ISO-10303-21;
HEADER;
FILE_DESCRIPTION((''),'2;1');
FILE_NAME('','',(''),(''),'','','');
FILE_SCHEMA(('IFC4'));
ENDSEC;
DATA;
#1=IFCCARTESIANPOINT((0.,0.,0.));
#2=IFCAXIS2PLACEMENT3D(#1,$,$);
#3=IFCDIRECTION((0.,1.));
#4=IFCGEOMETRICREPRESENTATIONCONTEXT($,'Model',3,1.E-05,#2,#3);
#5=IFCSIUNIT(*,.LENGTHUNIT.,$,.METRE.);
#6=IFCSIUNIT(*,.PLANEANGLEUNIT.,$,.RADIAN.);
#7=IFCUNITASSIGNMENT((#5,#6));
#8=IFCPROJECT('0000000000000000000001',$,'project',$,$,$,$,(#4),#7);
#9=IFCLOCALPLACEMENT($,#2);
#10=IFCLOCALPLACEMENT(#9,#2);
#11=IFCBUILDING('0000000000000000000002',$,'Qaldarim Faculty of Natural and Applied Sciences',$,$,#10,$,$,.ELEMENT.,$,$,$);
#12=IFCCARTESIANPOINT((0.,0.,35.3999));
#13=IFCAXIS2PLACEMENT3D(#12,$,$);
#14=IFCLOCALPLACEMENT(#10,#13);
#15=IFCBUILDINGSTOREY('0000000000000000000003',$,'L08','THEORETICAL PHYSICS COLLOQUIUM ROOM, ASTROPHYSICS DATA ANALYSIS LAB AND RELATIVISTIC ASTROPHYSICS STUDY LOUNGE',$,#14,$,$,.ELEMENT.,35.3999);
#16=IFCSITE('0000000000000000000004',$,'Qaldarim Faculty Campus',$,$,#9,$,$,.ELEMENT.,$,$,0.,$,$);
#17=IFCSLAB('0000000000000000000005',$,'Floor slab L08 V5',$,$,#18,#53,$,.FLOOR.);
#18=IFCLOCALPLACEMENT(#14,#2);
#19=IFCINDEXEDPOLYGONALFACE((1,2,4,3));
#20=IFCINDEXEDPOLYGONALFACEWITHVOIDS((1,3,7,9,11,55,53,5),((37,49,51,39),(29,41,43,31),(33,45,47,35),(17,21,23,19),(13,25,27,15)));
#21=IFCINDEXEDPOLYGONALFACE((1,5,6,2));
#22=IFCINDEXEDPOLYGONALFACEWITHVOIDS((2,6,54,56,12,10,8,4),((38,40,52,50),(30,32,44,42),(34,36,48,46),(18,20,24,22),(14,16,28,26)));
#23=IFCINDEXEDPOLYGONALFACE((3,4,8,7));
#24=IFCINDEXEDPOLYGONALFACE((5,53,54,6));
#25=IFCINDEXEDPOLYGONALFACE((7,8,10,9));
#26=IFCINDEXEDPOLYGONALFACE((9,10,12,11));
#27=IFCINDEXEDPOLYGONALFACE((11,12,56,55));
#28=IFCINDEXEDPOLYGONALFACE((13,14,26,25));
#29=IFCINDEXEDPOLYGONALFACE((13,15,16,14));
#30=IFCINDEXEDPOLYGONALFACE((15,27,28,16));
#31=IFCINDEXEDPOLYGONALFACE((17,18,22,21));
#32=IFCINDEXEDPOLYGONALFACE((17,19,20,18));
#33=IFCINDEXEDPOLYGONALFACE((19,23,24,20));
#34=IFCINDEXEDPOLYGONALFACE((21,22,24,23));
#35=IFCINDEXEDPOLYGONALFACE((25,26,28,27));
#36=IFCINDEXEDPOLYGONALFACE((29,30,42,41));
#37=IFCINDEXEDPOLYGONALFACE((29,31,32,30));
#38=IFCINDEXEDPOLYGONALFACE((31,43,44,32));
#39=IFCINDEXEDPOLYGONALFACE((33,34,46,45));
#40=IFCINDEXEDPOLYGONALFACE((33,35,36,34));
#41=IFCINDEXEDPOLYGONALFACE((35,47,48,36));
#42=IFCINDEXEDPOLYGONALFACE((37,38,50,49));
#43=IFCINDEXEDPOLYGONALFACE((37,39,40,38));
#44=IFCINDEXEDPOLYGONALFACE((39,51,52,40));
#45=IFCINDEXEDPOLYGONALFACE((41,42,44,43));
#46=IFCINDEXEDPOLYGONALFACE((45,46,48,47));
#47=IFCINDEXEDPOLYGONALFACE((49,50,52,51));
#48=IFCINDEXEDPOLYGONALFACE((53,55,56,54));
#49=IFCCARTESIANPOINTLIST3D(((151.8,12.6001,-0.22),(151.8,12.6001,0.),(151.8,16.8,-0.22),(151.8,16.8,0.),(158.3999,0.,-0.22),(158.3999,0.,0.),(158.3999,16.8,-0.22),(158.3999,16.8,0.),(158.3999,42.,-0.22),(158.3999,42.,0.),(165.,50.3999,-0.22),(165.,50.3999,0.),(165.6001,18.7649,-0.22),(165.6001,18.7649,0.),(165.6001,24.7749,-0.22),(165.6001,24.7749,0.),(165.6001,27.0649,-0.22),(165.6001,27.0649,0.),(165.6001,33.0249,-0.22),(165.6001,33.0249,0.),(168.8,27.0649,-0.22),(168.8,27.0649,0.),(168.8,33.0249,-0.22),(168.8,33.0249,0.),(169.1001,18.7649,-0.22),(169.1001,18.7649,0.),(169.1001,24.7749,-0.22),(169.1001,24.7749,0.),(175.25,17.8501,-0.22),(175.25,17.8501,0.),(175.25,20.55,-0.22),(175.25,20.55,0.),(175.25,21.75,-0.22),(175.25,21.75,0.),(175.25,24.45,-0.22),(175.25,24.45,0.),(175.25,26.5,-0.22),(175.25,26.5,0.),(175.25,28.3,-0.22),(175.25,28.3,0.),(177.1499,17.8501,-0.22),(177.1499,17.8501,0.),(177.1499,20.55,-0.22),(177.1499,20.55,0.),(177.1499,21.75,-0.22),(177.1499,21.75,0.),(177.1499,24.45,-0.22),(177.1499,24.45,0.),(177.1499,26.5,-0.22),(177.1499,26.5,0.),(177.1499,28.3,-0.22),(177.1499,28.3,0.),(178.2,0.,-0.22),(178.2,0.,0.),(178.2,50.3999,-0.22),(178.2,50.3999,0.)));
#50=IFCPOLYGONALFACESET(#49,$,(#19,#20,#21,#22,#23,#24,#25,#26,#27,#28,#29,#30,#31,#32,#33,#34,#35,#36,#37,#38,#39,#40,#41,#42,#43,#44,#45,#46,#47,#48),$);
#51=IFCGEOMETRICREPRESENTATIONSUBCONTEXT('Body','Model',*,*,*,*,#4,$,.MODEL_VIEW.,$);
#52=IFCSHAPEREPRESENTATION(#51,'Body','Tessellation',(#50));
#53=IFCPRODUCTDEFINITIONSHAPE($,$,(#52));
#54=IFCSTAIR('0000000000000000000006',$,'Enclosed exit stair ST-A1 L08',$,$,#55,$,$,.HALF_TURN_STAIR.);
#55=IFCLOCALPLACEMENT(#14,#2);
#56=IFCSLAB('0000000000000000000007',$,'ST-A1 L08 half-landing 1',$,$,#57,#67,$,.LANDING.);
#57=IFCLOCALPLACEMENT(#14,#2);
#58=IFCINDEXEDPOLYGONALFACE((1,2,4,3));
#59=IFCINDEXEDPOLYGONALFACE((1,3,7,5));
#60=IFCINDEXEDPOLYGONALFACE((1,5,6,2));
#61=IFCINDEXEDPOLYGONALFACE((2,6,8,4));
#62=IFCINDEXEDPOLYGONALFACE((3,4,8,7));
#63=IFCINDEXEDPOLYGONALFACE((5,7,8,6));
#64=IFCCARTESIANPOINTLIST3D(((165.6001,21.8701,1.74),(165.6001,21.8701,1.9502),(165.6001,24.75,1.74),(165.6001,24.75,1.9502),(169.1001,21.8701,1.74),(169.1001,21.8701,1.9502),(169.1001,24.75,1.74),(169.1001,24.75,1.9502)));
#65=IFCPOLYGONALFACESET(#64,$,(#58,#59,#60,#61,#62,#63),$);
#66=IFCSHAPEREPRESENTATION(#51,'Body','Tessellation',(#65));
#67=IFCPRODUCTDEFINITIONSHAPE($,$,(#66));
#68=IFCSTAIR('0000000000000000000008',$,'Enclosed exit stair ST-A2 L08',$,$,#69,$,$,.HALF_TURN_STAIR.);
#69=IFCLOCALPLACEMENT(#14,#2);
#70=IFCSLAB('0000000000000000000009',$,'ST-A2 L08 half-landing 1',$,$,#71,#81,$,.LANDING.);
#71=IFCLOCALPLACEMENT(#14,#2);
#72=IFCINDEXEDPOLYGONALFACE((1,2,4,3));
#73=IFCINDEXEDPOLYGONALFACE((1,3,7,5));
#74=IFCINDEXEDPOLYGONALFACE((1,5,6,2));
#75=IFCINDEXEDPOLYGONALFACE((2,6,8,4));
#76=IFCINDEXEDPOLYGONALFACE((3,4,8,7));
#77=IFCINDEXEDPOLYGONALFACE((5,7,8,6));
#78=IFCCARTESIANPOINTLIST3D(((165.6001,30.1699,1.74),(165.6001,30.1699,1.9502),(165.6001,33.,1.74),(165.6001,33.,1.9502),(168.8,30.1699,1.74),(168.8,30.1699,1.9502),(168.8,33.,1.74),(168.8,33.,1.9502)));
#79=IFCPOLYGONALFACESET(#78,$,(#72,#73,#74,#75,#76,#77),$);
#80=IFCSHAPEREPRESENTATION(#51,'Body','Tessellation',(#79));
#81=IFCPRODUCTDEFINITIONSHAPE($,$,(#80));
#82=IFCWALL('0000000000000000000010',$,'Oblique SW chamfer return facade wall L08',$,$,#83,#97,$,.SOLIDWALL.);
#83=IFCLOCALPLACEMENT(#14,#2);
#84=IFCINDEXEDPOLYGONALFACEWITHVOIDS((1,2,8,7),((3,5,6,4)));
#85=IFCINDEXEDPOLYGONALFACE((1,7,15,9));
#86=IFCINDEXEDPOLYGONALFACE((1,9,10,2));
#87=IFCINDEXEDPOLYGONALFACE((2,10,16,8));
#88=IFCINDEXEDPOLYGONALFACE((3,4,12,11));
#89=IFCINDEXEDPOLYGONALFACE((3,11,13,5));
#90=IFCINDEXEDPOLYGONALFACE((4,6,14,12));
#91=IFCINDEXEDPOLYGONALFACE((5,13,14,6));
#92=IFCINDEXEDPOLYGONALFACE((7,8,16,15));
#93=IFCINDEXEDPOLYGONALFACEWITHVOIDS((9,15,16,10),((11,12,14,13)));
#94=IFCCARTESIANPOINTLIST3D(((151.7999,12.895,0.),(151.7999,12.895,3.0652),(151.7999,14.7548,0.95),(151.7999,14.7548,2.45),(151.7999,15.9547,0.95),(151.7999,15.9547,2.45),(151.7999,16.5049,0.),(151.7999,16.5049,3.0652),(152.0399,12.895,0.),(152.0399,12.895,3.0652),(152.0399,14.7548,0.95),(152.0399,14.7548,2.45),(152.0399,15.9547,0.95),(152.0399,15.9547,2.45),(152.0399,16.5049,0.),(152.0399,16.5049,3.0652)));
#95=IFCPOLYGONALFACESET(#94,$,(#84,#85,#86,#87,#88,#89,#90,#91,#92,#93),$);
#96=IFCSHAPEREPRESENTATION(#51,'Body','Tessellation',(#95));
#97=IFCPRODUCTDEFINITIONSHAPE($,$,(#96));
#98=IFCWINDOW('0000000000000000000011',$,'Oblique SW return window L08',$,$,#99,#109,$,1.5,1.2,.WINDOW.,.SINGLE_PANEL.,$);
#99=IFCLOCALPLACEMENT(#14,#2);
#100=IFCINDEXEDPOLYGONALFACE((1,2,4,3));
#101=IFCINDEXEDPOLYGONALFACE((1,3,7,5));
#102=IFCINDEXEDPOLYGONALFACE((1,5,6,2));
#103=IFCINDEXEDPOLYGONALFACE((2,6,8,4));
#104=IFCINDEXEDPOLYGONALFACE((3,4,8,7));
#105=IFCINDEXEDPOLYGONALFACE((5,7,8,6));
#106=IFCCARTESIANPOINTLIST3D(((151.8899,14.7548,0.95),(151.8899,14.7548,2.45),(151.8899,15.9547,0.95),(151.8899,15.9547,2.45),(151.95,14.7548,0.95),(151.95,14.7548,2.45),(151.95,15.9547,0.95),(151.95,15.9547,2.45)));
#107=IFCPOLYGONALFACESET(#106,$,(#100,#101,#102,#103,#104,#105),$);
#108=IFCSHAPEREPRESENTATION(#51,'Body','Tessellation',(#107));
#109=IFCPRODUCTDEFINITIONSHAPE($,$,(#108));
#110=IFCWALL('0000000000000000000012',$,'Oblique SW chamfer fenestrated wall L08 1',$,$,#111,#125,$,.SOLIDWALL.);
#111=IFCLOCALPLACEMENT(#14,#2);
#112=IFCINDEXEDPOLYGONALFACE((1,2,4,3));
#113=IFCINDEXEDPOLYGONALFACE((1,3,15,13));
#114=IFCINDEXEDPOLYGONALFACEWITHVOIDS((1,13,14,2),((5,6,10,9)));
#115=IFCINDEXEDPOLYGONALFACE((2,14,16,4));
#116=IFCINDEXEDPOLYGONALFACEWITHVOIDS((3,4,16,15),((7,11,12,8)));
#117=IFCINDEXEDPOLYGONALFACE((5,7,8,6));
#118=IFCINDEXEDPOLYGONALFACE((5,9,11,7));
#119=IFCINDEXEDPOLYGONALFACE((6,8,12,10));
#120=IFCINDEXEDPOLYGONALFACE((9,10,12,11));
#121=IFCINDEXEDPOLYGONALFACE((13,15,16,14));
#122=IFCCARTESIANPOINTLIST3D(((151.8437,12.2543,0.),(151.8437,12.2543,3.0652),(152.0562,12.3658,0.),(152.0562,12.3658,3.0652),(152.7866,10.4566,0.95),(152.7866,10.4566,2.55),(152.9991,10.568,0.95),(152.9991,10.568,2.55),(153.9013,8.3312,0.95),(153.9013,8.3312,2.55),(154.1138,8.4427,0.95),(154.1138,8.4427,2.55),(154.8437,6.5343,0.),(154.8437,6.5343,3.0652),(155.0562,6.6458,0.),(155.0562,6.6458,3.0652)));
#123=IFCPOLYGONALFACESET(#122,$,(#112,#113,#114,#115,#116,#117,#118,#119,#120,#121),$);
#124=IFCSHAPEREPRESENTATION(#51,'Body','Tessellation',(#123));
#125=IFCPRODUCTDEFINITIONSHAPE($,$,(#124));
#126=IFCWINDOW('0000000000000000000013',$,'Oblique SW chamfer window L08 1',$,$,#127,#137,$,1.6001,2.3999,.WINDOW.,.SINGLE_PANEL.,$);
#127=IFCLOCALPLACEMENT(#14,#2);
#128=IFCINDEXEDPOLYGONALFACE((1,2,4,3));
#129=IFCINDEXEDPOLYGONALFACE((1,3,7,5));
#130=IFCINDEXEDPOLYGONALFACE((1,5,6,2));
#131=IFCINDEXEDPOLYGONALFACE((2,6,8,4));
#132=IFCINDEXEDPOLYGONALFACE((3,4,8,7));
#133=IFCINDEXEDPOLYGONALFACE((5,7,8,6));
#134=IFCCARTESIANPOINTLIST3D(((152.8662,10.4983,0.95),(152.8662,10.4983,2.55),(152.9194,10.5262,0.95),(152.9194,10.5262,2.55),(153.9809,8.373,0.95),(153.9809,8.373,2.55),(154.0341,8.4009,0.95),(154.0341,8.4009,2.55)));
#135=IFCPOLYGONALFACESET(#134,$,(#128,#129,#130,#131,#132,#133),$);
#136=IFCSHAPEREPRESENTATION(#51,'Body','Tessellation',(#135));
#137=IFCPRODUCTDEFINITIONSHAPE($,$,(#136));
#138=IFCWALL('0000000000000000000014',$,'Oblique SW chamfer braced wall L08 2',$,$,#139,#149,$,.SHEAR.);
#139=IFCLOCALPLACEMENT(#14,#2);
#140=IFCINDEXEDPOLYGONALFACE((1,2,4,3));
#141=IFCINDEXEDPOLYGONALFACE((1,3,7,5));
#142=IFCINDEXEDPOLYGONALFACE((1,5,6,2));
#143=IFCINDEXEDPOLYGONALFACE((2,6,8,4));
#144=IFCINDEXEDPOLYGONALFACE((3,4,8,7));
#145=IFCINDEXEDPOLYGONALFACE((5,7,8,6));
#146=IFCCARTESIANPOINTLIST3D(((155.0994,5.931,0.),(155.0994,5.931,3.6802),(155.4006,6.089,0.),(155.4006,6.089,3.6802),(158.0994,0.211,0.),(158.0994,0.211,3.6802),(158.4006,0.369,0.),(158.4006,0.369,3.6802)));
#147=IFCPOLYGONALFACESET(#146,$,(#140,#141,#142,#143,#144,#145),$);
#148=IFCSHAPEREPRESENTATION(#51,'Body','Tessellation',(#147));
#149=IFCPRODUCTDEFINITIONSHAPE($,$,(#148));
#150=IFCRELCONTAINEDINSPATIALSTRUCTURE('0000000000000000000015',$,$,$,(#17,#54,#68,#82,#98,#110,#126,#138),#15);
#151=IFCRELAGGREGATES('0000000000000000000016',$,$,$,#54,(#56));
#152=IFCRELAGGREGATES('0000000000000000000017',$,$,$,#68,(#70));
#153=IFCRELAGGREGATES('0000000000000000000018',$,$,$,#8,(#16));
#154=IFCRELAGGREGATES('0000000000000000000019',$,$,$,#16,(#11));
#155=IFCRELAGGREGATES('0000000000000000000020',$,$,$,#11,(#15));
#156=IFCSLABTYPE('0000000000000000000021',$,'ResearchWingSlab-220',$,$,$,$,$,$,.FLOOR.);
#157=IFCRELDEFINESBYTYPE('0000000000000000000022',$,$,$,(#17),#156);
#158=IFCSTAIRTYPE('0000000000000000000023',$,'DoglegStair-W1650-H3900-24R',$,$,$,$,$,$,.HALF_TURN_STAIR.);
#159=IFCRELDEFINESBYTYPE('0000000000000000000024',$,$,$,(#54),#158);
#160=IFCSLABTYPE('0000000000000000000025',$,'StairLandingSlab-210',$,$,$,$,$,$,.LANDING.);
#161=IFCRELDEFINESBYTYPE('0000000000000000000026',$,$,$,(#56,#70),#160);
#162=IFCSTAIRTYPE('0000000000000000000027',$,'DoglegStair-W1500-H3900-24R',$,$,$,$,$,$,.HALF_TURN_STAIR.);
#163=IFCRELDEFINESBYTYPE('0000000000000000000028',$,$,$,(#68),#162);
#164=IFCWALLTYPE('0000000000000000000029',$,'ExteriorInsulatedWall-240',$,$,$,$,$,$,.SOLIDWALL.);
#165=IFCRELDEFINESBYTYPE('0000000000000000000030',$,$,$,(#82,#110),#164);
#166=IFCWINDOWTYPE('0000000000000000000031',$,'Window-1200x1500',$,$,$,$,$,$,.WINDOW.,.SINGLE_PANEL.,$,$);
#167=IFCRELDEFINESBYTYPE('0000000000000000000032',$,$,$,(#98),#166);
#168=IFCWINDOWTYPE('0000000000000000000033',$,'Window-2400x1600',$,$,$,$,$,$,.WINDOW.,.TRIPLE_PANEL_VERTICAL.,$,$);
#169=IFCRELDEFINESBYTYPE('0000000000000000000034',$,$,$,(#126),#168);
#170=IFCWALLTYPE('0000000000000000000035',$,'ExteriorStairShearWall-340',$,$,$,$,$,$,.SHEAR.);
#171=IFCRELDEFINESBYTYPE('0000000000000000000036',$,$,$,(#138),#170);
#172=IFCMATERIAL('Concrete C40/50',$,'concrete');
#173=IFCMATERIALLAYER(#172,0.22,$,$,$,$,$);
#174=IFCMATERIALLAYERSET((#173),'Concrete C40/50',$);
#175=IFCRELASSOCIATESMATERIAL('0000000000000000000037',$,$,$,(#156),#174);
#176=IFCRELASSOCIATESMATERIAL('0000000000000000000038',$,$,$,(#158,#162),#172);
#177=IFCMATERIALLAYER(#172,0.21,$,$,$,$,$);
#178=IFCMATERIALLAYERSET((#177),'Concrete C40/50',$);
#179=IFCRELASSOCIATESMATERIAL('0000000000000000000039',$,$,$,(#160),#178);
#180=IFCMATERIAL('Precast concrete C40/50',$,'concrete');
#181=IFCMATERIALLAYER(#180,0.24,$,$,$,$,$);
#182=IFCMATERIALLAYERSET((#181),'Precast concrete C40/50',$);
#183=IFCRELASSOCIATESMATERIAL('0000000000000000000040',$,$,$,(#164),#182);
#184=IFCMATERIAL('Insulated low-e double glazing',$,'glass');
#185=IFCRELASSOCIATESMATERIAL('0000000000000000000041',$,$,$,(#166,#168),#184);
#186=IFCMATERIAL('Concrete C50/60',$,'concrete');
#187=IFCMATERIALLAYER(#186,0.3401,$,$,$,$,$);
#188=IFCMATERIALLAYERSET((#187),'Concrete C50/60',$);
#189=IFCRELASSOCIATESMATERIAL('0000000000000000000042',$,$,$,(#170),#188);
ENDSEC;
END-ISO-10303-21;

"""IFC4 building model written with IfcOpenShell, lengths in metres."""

from ifc_helpers import new_model, si_unit, direction, frame, frame_2d, origin, place, context, subcontext, project, spatial, polyline, rectangle, outline, extrude, material, layer, layer_set, type_object, element, fill, aggregate, save


model = new_model("IFC4")

# Units and contexts
model_context = context("Model", 3, precision=1e-05, world=origin(), true_north=direction((0.0, 1.0)))
body_context = subcontext(model_context, "Body", "Model", "MODEL_VIEW")
ifc_project = project(units=[si_unit("LENGTHUNIT", "METRE"), si_unit("PLANEANGLEUNIT", "RADIAN")], contexts=[model_context])

# Site, building, storey
site_placement = place(None, origin())
site = spatial("IfcSite", under=ifc_project, at=site_placement, Name="Qaldarim Faculty Campus", CompositionType="ELEMENT", RefElevation=0.0)
building_placement = place(site_placement, origin())
building = spatial("IfcBuilding", under=site, at=building_placement, Name="Qaldarim Faculty of Natural and Applied Sciences", CompositionType="ELEMENT")
storey_placement = place(building_placement, frame((0.0, 0.0, 35.3999)))
storey = spatial("IfcBuildingStorey", under=building, at=storey_placement, Name="L08", Description="THEORETICAL PHYSICS COLLOQUIUM ROOM, ASTROPHYSICS DATA ANALYSIS LAB AND RELATIVISTIC ASTROPHYSICS STUDY LOUNGE", CompositionType="ELEMENT", Elevation=35.3999)

# Shared definitions
ifc_material_1 = material(Name="Concrete C50/60", Category="concrete")

# Shared definitions
ifc_material_2 = material(Name="Concrete C40/50", Category="concrete")
ifc_material_3 = material(Name="Precast concrete C40/50", Category="concrete")

# Slab
ifc_layer_1 = layer(ifc_material_2, 0.22)
ifc_layer_set_1 = layer_set([ifc_layer_1], Name="Concrete C40/50")
slab_type_1 = type_object("IfcSlabType", Name="ResearchWingSlab-220", PredefinedType="FLOOR", material=ifc_layer_set_1)
slab_1_placement = place(storey_placement, frame((0.0, 0.0, -0.22)))
element("IfcSlab", 1, at=slab_1_placement, inside=storey, type_object=slab_type_1, Name="Floor slab L08 V5", PredefinedType="FLOOR", context=body_context, shape_type="SweptSolid", body=[
    extrude(outline(polyline([(158.3999, 0.0), (178.2, 0.0), (178.2, 50.3999), (165.0, 50.3999), (158.3999, 42.0), (158.3999, 16.8), (151.8, 16.8), (151.8, 12.6001), (158.3999, 0.0)]), holes=[polyline([(169.1001, 18.7649), (169.1001, 24.7749), (165.6001, 24.7749), (165.6001, 18.7649), (169.1001, 18.7649)]), polyline([(168.8, 27.0649), (168.8, 33.0249), (165.6001, 33.0249), (165.6001, 27.0649), (168.8, 27.0649)]), polyline([(175.25, 17.8501), (177.1499, 17.8501), (177.1499, 20.55), (175.25, 20.55), (175.25, 17.8501)]), polyline([(175.25, 21.75), (177.1499, 21.75), (177.1499, 24.45), (175.25, 24.45), (175.25, 21.75)]), polyline([(175.25, 26.5), (177.1499, 26.5), (177.1499, 28.3), (175.25, 28.3), (175.25, 26.5)])]), origin(), (0.0, 0.0, 1.0), 0.22),
])

# Stairs, slabs
stair_type_1 = type_object("IfcStairType", Name="DoglegStair-W1650-H3900-24R", PredefinedType="HALF_TURN_STAIR", material=ifc_material_2)
stair_1_placement = place(storey_placement, origin())
stair_1 = element("IfcStair", 2, at=stair_1_placement, inside=storey, type_object=stair_type_1, Name="Enclosed exit stair ST-A1 L08", PredefinedType="HALF_TURN_STAIR")
ifc_layer_2 = layer(ifc_material_2, 0.21)
ifc_layer_set_2 = layer_set([ifc_layer_2], Name="Concrete C40/50")
slab_type_2 = type_object("IfcSlabType", Name="StairLandingSlab-210", PredefinedType="LANDING", material=ifc_layer_set_2)
slab_2_placement = place(storey_placement, frame((0.0, 0.0, 1.74)))
slab_2 = element("IfcSlab", 3, at=slab_2_placement, type_object=slab_type_2, Name="ST-A1 L08 half-landing 1", PredefinedType="LANDING", context=body_context, shape_type="SweptSolid", body=[
    extrude(outline(polyline([(169.1001, 21.8701), (169.1001, 24.75), (165.6001, 24.75), (165.6001, 21.8701), (169.1001, 21.8701)])), origin(), (0.0, 0.0, 1.0), 0.2102),
])
aggregate(stair_1, [slab_2])
stair_type_2 = type_object("IfcStairType", Name="DoglegStair-W1500-H3900-24R", PredefinedType="HALF_TURN_STAIR", material=ifc_material_2)
stair_2_placement = place(storey_placement, origin())
stair_2 = element("IfcStair", 4, at=stair_2_placement, inside=storey, type_object=stair_type_2, Name="Enclosed exit stair ST-A2 L08", PredefinedType="HALF_TURN_STAIR")
slab_3_placement = place(storey_placement, frame((0.0, 0.0, 1.74)))
slab_3 = element("IfcSlab", 5, at=slab_3_placement, type_object=slab_type_2, Name="ST-A2 L08 half-landing 1", PredefinedType="LANDING", context=body_context, shape_type="SweptSolid", body=[
    extrude(outline(polyline([(168.8, 30.1699), (168.8, 33.0), (165.6001, 33.0), (165.6001, 30.1699), (168.8, 30.1699)])), origin(), (0.0, 0.0, 1.0), 0.2102),
])
aggregate(stair_2, [slab_3])

# Walls, openings, windows
ifc_layer_3 = layer(ifc_material_3, 0.24)
ifc_layer_set_3 = layer_set([ifc_layer_3], Name="Precast concrete C40/50")
wall_type_1 = type_object("IfcWallType", Name="ExteriorInsulatedWall-240", PredefinedType="SOLIDWALL", material=ifc_layer_set_3)
wall_1_placement = place(storey_placement, frame((151.9199, 16.5049, 0.0), z_axis=(0.0, 0.0, 1.0), x_axis=(0.0, -1.0, 0.0)))
wall_1 = element("IfcWall", 6, at=wall_1_placement, inside=storey, type_object=wall_type_1, Name="Oblique SW chamfer return facade wall L08", PredefinedType="SOLIDWALL", context=body_context, shape_type="SweptSolid", body=[
    extrude(rectangle(XDim=3.6099, YDim=0.24, at=frame_2d((1.8049, 0.0))), origin(), (0.0, 0.0, 1.0), 3.0652),
])
opening_1_placement = place(wall_1_placement, frame((0.55, 0.0, 0.95)))
opening_1 = element("IfcOpeningElement", 7, at=opening_1_placement, cuts=wall_1, PredefinedType="OPENING", context=body_context, shape_type="SweptSolid", body=[
    extrude(rectangle(XDim=1.2, YDim=1.5, at=frame_2d((0.6001, 0.75))), frame((0.0, 0.1299, 0.0), z_axis=(0.0, -1.0, 0.0), x_axis=(1.0, 0.0, 0.0)), (0.0, 0.0, 1.0), 0.26),
])
ifc_material_4 = material(Name="Insulated low-e double glazing", Category="glass")
window_type_1 = type_object("IfcWindowType", Name="Window-1200x1500", PartitioningType="SINGLE_PANEL", PredefinedType="WINDOW", material=ifc_material_4)
window_1_placement = place(opening_1_placement, origin())
window_1 = element("IfcWindow", 8, at=window_1_placement, inside=storey, type_object=window_type_1, Name="Oblique SW return window L08", OverallHeight=1.5, OverallWidth=1.2, PartitioningType="SINGLE_PANEL", PredefinedType="WINDOW", context=body_context, shape_type="SweptSolid", body=[
    extrude(rectangle(XDim=1.2, YDim=1.5, at=frame_2d((0.6001, 0.75))), frame((0.0, 0.03, 0.0), z_axis=(0.0, -1.0, 0.0), x_axis=(1.0, 0.0, 0.0)), (0.0, 0.0, 1.0), 0.0601),
])
fill(opening_1, window_1)
wall_2_placement = place(storey_placement, frame((151.95, 12.3101, 0.0), z_axis=(0.0, 0.0, 1.0), x_axis=(0.464472, -0.885588, 0.0)))
wall_2 = element("IfcWall", 9, at=wall_2_placement, inside=storey, type_object=wall_type_1, Name="Oblique SW chamfer fenestrated wall L08 1", PredefinedType="SOLIDWALL", context=body_context, shape_type="SweptSolid", body=[
    extrude(rectangle(XDim=6.459, YDim=0.24, at=frame_2d((3.2295, 0.0))), origin(), (0.0, 0.0, 1.0), 3.0652),
])
opening_2_placement = place(wall_2_placement, frame((2.03, 0.0, 0.95)))
opening_2 = element("IfcOpeningElement", 10, at=opening_2_placement, cuts=wall_2, PredefinedType="OPENING", context=body_context, shape_type="SweptSolid", body=[
    extrude(rectangle(XDim=2.3999, YDim=1.6001, at=frame_2d((1.2, 0.8))), frame((0.0, 0.1299, 0.0), z_axis=(0.0, -1.0, 0.0), x_axis=(1.0, 0.0, 0.0)), (0.0, 0.0, 1.0), 0.26),
])
window_type_2 = type_object("IfcWindowType", Name="Window-2400x1600", PartitioningType="TRIPLE_PANEL_VERTICAL", PredefinedType="WINDOW", material=ifc_material_4)
window_2_placement = place(opening_2_placement, origin())
window_2 = element("IfcWindow", 11, at=window_2_placement, inside=storey, type_object=window_type_2, Name="Oblique SW chamfer window L08 1", OverallHeight=1.6001, OverallWidth=2.3999, PartitioningType="SINGLE_PANEL", PredefinedType="WINDOW", context=body_context, shape_type="SweptSolid", body=[
    extrude(rectangle(XDim=2.3999, YDim=1.6001, at=frame_2d((1.2, 0.8))), frame((0.0, 0.03, 0.0), z_axis=(0.0, -1.0, 0.0), x_axis=(1.0, 0.0, 0.0)), (0.0, 0.0, 1.0), 0.0601),
])
fill(opening_2, window_2)

# Wall
ifc_layer_4 = layer(ifc_material_1, 0.3401)
ifc_layer_set_4 = layer_set([ifc_layer_4], Name="Concrete C50/60")
wall_type_2 = type_object("IfcWallType", Name="ExteriorStairShearWall-340", PredefinedType="SHEAR", material=ifc_layer_set_4)
wall_3_placement = place(storey_placement, frame((155.25, 6.01, 0.0), z_axis=(0.0, 0.0, 1.0), x_axis=(0.464472, -0.885588, 0.0)))
element("IfcWall", 12, at=wall_3_placement, inside=storey, type_object=wall_type_2, Name="Oblique SW chamfer braced wall L08 2", PredefinedType="SHEAR", context=body_context, shape_type="SweptSolid", body=[
    extrude(rectangle(XDim=6.459, YDim=0.3401, at=frame_2d((3.2295, 0.0))), origin(), (0.0, 0.0, 1.0), 3.6802),
])

save(model, "model.ifc")
